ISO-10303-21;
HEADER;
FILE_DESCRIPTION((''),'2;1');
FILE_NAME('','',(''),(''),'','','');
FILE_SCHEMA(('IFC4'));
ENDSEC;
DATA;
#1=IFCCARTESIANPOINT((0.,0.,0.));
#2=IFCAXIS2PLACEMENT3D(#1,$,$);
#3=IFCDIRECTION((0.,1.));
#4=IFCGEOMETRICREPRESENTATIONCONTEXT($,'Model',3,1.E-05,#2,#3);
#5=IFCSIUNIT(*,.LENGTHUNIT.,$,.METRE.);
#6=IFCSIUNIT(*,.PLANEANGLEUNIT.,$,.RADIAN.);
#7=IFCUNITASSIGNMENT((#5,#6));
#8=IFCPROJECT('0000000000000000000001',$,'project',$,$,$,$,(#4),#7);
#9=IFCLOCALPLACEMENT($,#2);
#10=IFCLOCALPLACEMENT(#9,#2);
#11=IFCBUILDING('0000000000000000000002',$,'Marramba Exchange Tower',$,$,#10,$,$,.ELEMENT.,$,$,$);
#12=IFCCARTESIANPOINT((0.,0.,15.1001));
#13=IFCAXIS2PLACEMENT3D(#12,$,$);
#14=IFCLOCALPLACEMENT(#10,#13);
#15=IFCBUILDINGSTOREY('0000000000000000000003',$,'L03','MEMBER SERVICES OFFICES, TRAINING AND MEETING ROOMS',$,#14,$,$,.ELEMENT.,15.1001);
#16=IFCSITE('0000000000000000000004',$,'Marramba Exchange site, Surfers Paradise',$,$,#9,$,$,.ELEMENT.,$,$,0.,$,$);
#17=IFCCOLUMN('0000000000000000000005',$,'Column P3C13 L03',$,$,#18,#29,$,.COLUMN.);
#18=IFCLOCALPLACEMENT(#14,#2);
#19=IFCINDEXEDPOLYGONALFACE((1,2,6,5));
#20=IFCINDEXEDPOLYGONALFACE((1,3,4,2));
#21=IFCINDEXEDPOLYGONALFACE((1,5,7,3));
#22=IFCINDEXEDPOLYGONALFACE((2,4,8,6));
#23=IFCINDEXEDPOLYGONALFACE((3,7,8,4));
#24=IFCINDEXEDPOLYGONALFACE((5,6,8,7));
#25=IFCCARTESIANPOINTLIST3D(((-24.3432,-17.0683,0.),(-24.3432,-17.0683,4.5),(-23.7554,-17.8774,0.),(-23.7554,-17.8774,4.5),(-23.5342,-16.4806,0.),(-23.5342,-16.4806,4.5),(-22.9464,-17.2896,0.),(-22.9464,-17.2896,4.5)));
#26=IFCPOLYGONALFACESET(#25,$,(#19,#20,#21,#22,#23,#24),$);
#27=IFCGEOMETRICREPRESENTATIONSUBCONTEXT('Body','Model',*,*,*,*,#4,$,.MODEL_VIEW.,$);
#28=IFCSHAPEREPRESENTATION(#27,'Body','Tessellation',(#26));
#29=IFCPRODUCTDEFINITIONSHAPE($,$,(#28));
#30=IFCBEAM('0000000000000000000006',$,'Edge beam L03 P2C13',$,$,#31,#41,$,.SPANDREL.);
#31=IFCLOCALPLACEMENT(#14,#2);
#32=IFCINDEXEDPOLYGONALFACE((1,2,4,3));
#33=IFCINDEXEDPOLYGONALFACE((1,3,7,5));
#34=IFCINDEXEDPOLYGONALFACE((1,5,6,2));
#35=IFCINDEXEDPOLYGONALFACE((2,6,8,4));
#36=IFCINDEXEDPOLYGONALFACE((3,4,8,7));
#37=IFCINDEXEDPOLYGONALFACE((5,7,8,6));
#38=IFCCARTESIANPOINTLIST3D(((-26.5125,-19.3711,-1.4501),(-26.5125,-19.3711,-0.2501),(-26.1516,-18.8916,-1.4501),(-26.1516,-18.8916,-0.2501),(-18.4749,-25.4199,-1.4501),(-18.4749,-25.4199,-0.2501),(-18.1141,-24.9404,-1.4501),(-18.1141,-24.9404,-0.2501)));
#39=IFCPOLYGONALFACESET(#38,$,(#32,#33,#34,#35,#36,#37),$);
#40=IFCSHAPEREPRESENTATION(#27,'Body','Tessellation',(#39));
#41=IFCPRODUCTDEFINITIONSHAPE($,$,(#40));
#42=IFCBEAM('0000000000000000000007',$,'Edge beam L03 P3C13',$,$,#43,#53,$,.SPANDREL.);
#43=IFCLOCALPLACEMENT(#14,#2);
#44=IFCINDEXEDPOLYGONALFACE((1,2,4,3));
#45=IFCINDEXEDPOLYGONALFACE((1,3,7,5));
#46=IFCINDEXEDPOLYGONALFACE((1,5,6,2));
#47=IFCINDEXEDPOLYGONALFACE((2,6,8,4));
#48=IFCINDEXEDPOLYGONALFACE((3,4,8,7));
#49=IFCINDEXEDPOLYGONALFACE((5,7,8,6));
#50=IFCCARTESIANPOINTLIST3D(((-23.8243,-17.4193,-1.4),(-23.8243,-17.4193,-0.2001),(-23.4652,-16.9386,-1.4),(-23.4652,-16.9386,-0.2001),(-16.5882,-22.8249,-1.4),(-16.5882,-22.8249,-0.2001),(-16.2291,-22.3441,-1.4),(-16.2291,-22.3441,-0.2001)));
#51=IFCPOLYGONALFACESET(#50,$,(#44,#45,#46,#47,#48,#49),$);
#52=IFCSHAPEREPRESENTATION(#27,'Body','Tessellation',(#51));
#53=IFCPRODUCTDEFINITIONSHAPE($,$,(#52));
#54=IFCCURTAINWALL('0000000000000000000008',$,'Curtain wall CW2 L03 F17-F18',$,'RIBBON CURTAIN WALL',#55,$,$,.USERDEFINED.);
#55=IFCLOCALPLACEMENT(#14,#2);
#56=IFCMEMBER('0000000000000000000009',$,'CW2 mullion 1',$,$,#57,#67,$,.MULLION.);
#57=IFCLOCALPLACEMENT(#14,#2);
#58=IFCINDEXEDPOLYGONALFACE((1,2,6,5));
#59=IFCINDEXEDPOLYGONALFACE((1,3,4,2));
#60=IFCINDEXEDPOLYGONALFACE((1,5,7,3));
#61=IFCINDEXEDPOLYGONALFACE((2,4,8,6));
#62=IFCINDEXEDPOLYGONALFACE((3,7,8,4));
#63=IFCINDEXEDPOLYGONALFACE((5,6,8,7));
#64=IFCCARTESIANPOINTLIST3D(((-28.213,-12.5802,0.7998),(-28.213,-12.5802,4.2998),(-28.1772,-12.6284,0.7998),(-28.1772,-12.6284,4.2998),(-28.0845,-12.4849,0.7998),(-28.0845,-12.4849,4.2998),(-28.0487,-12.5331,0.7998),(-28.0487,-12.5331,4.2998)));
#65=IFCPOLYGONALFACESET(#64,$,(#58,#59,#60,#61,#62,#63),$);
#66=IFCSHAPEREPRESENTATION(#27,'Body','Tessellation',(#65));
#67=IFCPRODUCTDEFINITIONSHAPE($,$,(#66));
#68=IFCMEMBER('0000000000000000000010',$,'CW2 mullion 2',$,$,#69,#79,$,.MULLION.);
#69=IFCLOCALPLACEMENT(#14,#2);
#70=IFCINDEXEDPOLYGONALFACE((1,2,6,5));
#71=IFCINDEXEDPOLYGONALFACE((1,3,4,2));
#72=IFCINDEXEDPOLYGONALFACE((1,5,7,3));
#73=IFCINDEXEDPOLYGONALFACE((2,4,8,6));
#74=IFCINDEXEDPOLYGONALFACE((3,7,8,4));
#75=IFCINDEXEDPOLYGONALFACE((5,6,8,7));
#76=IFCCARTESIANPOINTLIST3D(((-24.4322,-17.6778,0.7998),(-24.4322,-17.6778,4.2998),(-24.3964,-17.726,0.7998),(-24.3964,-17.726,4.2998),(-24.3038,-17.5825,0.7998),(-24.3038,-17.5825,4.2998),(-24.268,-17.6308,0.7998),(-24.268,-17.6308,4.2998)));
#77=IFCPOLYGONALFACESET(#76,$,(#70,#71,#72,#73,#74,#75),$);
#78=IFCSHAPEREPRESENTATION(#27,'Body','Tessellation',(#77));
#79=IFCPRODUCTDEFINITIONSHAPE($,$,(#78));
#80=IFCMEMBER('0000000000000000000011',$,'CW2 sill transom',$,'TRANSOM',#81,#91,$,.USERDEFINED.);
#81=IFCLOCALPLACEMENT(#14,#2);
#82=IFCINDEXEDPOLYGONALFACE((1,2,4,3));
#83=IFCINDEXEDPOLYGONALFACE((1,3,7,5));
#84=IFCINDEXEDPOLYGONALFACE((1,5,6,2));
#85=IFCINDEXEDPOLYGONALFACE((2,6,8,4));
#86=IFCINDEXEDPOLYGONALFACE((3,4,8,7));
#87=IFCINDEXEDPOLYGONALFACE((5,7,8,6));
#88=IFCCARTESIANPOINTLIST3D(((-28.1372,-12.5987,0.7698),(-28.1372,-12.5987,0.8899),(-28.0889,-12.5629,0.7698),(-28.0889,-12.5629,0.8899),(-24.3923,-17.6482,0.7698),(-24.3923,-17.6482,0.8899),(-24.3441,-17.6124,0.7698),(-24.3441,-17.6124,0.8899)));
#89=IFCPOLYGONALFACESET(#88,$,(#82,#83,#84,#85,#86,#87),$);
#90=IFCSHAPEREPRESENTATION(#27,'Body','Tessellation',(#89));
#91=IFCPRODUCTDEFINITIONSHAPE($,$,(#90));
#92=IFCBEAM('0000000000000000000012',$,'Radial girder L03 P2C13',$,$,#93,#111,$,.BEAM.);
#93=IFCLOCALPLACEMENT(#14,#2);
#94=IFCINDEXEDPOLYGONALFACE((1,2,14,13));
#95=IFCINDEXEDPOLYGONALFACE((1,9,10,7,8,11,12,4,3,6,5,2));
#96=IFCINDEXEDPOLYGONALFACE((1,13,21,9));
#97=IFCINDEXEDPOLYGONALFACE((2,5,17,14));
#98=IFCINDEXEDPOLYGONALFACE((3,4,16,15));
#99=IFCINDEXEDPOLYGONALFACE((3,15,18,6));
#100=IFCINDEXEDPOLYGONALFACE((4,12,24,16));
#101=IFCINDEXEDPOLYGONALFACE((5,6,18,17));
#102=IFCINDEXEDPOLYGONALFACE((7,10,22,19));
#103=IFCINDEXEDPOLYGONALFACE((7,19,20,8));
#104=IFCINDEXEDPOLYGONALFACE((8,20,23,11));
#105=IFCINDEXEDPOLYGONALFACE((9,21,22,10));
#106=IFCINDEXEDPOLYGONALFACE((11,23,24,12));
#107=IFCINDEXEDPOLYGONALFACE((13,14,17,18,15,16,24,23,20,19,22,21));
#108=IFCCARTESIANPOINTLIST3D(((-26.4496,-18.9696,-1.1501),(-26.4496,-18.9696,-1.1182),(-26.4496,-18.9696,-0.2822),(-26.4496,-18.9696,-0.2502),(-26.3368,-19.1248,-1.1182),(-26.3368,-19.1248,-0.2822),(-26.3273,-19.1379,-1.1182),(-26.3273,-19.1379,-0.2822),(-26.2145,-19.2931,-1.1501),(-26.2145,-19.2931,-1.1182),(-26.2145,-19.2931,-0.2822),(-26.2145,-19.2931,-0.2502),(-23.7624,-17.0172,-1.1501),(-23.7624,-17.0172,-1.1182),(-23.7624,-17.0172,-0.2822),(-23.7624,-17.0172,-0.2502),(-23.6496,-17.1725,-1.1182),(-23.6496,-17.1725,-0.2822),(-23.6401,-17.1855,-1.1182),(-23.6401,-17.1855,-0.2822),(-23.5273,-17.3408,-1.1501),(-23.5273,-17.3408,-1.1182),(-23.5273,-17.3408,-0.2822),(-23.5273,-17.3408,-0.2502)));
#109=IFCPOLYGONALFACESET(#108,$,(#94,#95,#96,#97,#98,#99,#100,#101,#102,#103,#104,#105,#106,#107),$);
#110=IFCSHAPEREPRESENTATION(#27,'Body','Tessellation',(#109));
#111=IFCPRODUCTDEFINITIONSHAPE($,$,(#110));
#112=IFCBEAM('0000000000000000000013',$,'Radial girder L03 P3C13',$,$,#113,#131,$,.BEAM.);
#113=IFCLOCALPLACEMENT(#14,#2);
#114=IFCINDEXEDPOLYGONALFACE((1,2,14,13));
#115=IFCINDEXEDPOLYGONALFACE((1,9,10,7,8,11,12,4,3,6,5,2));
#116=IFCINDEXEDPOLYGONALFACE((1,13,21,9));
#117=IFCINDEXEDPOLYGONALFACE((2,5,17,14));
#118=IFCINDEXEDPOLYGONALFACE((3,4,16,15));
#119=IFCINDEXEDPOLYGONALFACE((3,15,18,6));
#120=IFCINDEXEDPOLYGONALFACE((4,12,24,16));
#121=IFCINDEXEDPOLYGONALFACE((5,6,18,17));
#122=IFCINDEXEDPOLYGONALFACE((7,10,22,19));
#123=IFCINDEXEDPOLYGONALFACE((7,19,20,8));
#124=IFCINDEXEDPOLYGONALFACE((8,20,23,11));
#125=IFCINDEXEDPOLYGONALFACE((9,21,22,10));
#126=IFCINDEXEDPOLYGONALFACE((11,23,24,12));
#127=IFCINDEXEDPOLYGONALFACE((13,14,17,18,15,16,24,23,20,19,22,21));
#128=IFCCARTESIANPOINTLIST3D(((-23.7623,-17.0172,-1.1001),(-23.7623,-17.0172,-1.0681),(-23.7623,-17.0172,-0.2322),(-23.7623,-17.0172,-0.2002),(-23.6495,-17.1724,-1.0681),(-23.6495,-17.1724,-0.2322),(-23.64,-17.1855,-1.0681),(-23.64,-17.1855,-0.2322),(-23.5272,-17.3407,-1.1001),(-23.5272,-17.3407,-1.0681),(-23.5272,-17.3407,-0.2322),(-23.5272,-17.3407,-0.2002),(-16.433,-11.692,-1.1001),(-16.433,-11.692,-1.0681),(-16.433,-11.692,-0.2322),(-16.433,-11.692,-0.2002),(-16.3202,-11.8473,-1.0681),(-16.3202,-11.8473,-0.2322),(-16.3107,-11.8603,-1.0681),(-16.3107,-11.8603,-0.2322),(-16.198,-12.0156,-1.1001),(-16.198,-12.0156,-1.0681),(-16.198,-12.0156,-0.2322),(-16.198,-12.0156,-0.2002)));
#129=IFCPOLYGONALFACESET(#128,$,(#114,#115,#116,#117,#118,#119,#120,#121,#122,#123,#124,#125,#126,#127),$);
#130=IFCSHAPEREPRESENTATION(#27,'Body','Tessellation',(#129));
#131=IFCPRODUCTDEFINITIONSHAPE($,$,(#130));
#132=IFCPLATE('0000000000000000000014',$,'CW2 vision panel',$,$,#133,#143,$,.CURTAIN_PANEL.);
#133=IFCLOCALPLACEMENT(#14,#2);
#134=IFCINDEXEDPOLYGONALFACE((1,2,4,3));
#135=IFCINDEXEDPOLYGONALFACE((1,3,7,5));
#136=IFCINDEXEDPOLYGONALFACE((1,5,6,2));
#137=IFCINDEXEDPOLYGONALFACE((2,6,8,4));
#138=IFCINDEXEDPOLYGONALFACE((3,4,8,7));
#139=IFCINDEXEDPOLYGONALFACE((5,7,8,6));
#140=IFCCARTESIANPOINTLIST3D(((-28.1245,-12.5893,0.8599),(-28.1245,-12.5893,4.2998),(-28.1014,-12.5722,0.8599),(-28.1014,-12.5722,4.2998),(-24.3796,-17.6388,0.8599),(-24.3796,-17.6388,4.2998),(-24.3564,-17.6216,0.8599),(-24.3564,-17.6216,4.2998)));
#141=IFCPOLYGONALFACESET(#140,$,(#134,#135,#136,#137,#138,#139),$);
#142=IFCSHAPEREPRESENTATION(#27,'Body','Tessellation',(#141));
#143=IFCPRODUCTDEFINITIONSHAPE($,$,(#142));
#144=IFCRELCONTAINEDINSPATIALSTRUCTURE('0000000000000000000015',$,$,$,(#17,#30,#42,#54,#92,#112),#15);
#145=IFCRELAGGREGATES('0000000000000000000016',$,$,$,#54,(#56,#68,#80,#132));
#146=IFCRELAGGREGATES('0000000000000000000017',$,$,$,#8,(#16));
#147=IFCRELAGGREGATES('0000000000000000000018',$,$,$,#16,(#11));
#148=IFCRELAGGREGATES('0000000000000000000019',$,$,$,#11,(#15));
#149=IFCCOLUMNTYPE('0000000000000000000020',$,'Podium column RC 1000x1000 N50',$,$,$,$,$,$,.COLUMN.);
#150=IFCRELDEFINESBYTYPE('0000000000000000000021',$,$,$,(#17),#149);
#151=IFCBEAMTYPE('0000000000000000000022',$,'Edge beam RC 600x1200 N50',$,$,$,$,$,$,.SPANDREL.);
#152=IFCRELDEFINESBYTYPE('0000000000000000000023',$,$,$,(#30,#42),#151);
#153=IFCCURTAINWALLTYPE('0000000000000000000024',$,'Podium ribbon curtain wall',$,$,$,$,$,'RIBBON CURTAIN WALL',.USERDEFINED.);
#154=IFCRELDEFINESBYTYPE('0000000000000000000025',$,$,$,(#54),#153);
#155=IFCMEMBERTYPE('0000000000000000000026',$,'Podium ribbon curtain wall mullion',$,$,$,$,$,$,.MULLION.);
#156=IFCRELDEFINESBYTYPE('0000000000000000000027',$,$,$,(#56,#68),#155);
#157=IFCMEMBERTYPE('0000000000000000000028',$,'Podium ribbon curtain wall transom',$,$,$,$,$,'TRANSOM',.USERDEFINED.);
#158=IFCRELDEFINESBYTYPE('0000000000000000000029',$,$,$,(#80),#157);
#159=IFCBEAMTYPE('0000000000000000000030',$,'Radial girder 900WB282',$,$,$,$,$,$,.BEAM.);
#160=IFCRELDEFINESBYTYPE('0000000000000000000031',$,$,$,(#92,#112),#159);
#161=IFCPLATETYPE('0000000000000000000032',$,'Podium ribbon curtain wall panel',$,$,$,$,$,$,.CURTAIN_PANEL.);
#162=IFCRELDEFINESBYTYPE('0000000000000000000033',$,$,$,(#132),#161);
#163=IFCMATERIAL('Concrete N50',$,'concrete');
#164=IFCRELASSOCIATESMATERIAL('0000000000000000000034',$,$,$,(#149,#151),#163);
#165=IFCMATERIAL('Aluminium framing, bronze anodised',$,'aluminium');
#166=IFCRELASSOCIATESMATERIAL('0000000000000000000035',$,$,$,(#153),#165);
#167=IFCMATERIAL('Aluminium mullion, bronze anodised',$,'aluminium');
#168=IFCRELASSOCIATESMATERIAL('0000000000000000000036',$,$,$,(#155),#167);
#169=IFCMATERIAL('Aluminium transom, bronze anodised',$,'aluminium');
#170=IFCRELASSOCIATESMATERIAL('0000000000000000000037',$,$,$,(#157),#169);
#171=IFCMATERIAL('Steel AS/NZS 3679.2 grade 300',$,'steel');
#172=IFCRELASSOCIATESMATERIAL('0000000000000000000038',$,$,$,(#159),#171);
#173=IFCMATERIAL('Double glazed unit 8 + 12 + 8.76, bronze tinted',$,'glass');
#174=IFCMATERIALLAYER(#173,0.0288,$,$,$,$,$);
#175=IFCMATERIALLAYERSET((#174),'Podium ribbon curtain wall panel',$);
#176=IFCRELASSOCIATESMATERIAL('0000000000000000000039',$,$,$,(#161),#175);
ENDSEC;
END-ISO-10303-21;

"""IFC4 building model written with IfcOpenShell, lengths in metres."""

from ifc_helpers import new_model, si_unit, direction, frame, origin, origin_2d, place, context, subcontext, project, spatial, rectangle, i_section, extrude, material, layer, layer_set, material_profile, profile_set, type_object, element, aggregate, save


model = new_model("IFC4")

# Units and contexts
model_context = context("Model", 3, precision=1e-05, world=origin(), true_north=direction((0.0, 1.0)))
body_context = subcontext(model_context, "Body", "Model", "MODEL_VIEW")
ifc_project = project(units=[si_unit("LENGTHUNIT", "METRE"), si_unit("PLANEANGLEUNIT", "RADIAN")], contexts=[model_context])

# Site, building, storey
site_placement = place(None, origin())
site = spatial("IfcSite", under=ifc_project, at=site_placement, Name="Marramba Exchange site, Surfers Paradise", CompositionType="ELEMENT", RefElevation=0.0)
building_placement = place(site_placement, origin())
building = spatial("IfcBuilding", under=site, at=building_placement, Name="Marramba Exchange Tower", CompositionType="ELEMENT")
storey_placement = place(building_placement, frame((0.0, 0.0, 15.1001)))
storey = spatial("IfcBuildingStorey", under=building, at=storey_placement, Name="L03", Description="MEMBER SERVICES OFFICES, TRAINING AND MEETING ROOMS", CompositionType="ELEMENT", Elevation=15.1001)

# Column
ifc_material_1 = material(Name="Concrete N50", Category="concrete")
ifc_material_profile_1 = material_profile(ifc_material_1, rectangle(XDim=1.0, YDim=1.0, at=origin_2d()), Name="RC 1000x1000")
ifc_profile_set_1 = profile_set([ifc_material_profile_1], Name="Concrete N50")
column_type = type_object("IfcColumnType", Name="Podium column RC 1000x1000 N50", PredefinedType="COLUMN", material=ifc_profile_set_1)
column_placement = place(storey_placement, frame((-23.6448, -17.179, 0.0), z_axis=(0.0, 0.0, 1.0), x_axis=(-0.809017, -0.587785, 0.0)))
element("IfcColumn", 1, at=column_placement, inside=storey, type_object=column_type, Name="Column P3C13 L03", PredefinedType="COLUMN", context=body_context, shape_type="SweptSolid", body=[
    extrude(rectangle(XDim=1.0, YDim=1.0, at=origin_2d()), origin(), (0.0, 0.0, 1.0), 4.5),
])

# Beams
ifc_material_profile_2 = material_profile(ifc_material_1, rectangle(XDim=0.6001, YDim=1.2, at=origin_2d()), Name="RC 600x1200")
ifc_profile_set_2 = profile_set([ifc_material_profile_2], Name="Concrete N50")
beam_type_1 = type_object("IfcBeamType", Name="Edge beam RC 600x1200 N50", PredefinedType="SPANDREL", material=ifc_profile_set_2)
beam_1_placement = place(storey_placement, frame((-26.332, -19.1313, -0.8501), z_axis=(0.799015, -0.601312, 0.0), x_axis=(0.601312, 0.799015, 0.0)))
element("IfcBeam", 2, at=beam_1_placement, inside=storey, type_object=beam_type_1, Name="Edge beam L03 P2C13", PredefinedType="SPANDREL", context=body_context, shape_type="SweptSolid", body=[
    extrude(rectangle(XDim=0.6001, YDim=1.2, at=origin_2d()), origin(), (0.0, 0.0, 1.0), 10.0593),
])
beam_2_placement = place(storey_placement, frame((-23.6448, -17.179, -0.8), z_axis=(0.801144, -0.598472, 0.0), x_axis=(0.598472, 0.801144, 0.0)))
element("IfcBeam", 3, at=beam_2_placement, inside=storey, type_object=beam_type_1, Name="Edge beam L03 P3C13", PredefinedType="SPANDREL", context=body_context, shape_type="SweptSolid", body=[
    extrude(rectangle(XDim=0.6001, YDim=1.2, at=origin_2d()), origin(), (0.0, 0.0, 1.0), 9.0322),
])

# Curtain wall, members
ifc_material_2 = material(Name="Aluminium framing, bronze anodised", Category="aluminium")
curtain_wall_type = type_object("IfcCurtainWallType", Name="Podium ribbon curtain wall", ElementType="RIBBON CURTAIN WALL", PredefinedType="USERDEFINED", material=ifc_material_2)
curtain_wall_placement = place(storey_placement, origin())
curtain_wall = element("IfcCurtainWall", 4, at=curtain_wall_placement, inside=storey, type_object=curtain_wall_type, Name="Curtain wall CW2 L03 F17-F18", ObjectType="RIBBON CURTAIN WALL", PredefinedType="USERDEFINED")
ifc_material_3 = material(Name="Aluminium mullion, bronze anodised", Category="aluminium")
ifc_material_profile_3 = material_profile(ifc_material_3, rectangle(XDim=0.1599, YDim=0.0601, at=origin_2d()), Name="CW2 mullion 60x160")
ifc_profile_set_3 = profile_set([ifc_material_profile_3], Name="Aluminium mullion, bronze anodised")
member_type_1 = type_object("IfcMemberType", Name="Podium ribbon curtain wall mullion", PredefinedType="MULLION", material=ifc_profile_set_3)
member_1_placement = place(storey_placement, frame((-28.1309, -12.5566, 0.7998), z_axis=(0.0, 0.0, 1.0), x_axis=(0.803201, 0.595709, 0.0)))
member_1 = element("IfcMember", 5, at=member_1_placement, type_object=member_type_1, Name="CW2 mullion 1", PredefinedType="MULLION", context=body_context, shape_type="SweptSolid", body=[
    extrude(rectangle(XDim=0.1599, YDim=0.0601, at=origin_2d()), origin(), (0.0, 0.0, 1.0), 3.5),
])
member_2_placement = place(storey_placement, frame((-24.3501, -17.6543, 0.7998), z_axis=(0.0, 0.0, 1.0), x_axis=(0.803201, 0.595709, 0.0)))
member_2 = element("IfcMember", 6, at=member_2_placement, type_object=member_type_1, Name="CW2 mullion 2", PredefinedType="MULLION", context=body_context, shape_type="SweptSolid", body=[
    extrude(rectangle(XDim=0.1599, YDim=0.0601, at=origin_2d()), origin(), (0.0, 0.0, 1.0), 3.5),
])
ifc_material_4 = material(Name="Aluminium transom, bronze anodised", Category="aluminium")
ifc_material_profile_4 = material_profile(ifc_material_4, rectangle(XDim=0.0601, YDim=0.1201, at=origin_2d()), Name="CW2 transom 60x120")
ifc_profile_set_4 = profile_set([ifc_material_profile_4], Name="Aluminium transom, bronze anodised")
member_type_2 = type_object("IfcMemberType", Name="Podium ribbon curtain wall transom", ElementType="TRANSOM", PredefinedType="USERDEFINED", material=ifc_profile_set_4)
member_3_placement = place(storey_placement, frame((-28.113, -12.5808, 0.8298), z_axis=(0.595685, -0.803218, 0.0), x_axis=(0.803218, 0.595685, 0.0)))
member_3 = element("IfcMember", 7, at=member_3_placement, type_object=member_type_2, Name="CW2 sill transom", ObjectType="TRANSOM", PredefinedType="USERDEFINED", context=body_context, shape_type="SweptSolid", body=[
    extrude(rectangle(XDim=0.0601, YDim=0.1201, at=origin_2d()), origin(), (0.0, 0.0, 1.0), 6.2866),
])

# Beams
ifc_material_5 = material(Name="Steel AS/NZS 3679.2 grade 300", Category="steel")
ifc_material_profile_5 = material_profile(ifc_material_5, i_section(OverallWidth=0.3999, OverallDepth=0.8999, WebThickness=0.0161, FlangeThickness=0.032, at=origin_2d()), Name="900WB282")
ifc_profile_set_5 = profile_set([ifc_material_profile_5], Name="Steel AS/NZS 3679.2 grade 300")
beam_type_2 = type_object("IfcBeamType", Name="Radial girder 900WB282", PredefinedType="BEAM", material=ifc_profile_set_5)
beam_3_placement = place(storey_placement, frame((-26.332, -19.1313, -0.7002), z_axis=(0.809019, 0.587783, 0.0), x_axis=(-0.587783, 0.809019, 0.0)))
element("IfcBeam", 8, at=beam_3_placement, inside=storey, type_object=beam_type_2, Name="Radial girder L03 P2C13", PredefinedType="BEAM", context=body_context, shape_type="SweptSolid", body=[
    extrude(i_section(OverallWidth=0.3999, OverallDepth=0.8999, WebThickness=0.0161, FlangeThickness=0.032, at=origin_2d()), origin(), (0.0, 0.0, 1.0), 3.3215),
])
beam_4_placement = place(storey_placement, frame((-23.6448, -17.179, -0.6501), z_axis=(0.809011, 0.587793, 0.0), x_axis=(-0.587793, 0.809011, 0.0)))
element("IfcBeam", 9, at=beam_4_placement, inside=storey, type_object=beam_type_2, Name="Radial girder L03 P3C13", PredefinedType="BEAM", context=body_context, shape_type="SweptSolid", body=[
    extrude(i_section(OverallWidth=0.3999, OverallDepth=0.8999, WebThickness=0.0161, FlangeThickness=0.032, at=origin_2d()), origin(), (0.0, 0.0, 1.0), 9.0596),
])

# Plate
ifc_material_6 = material(Name="Double glazed unit 8 + 12 + 8.76, bronze tinted", Category="glass")
ifc_layer_1 = layer(ifc_material_6, 0.0288)
ifc_layer_set_1 = layer_set([ifc_layer_1], Name="Podium ribbon curtain wall panel")
plate_type = type_object("IfcPlateType", Name="Podium ribbon curtain wall panel", PredefinedType="CURTAIN_PANEL", material=ifc_layer_set_1)
plate_placement = place(storey_placement, frame((-26.2405, -15.1055, 0.8599), z_axis=(0.0, 0.0, 1.0), x_axis=(0.595709, -0.803201, 0.0)))
plate = element("IfcPlate", 10, at=plate_placement, type_object=plate_type, Name="CW2 vision panel", PredefinedType="CURTAIN_PANEL", context=body_context, shape_type="SweptSolid", body=[
    extrude(rectangle(XDim=6.2866, YDim=0.0288, at=origin_2d()), origin(), (0.0, 0.0, 1.0), 3.4399),
])
aggregate(curtain_wall, [member_1, member_2, member_3, plate])

save(model, "model.ifc")
